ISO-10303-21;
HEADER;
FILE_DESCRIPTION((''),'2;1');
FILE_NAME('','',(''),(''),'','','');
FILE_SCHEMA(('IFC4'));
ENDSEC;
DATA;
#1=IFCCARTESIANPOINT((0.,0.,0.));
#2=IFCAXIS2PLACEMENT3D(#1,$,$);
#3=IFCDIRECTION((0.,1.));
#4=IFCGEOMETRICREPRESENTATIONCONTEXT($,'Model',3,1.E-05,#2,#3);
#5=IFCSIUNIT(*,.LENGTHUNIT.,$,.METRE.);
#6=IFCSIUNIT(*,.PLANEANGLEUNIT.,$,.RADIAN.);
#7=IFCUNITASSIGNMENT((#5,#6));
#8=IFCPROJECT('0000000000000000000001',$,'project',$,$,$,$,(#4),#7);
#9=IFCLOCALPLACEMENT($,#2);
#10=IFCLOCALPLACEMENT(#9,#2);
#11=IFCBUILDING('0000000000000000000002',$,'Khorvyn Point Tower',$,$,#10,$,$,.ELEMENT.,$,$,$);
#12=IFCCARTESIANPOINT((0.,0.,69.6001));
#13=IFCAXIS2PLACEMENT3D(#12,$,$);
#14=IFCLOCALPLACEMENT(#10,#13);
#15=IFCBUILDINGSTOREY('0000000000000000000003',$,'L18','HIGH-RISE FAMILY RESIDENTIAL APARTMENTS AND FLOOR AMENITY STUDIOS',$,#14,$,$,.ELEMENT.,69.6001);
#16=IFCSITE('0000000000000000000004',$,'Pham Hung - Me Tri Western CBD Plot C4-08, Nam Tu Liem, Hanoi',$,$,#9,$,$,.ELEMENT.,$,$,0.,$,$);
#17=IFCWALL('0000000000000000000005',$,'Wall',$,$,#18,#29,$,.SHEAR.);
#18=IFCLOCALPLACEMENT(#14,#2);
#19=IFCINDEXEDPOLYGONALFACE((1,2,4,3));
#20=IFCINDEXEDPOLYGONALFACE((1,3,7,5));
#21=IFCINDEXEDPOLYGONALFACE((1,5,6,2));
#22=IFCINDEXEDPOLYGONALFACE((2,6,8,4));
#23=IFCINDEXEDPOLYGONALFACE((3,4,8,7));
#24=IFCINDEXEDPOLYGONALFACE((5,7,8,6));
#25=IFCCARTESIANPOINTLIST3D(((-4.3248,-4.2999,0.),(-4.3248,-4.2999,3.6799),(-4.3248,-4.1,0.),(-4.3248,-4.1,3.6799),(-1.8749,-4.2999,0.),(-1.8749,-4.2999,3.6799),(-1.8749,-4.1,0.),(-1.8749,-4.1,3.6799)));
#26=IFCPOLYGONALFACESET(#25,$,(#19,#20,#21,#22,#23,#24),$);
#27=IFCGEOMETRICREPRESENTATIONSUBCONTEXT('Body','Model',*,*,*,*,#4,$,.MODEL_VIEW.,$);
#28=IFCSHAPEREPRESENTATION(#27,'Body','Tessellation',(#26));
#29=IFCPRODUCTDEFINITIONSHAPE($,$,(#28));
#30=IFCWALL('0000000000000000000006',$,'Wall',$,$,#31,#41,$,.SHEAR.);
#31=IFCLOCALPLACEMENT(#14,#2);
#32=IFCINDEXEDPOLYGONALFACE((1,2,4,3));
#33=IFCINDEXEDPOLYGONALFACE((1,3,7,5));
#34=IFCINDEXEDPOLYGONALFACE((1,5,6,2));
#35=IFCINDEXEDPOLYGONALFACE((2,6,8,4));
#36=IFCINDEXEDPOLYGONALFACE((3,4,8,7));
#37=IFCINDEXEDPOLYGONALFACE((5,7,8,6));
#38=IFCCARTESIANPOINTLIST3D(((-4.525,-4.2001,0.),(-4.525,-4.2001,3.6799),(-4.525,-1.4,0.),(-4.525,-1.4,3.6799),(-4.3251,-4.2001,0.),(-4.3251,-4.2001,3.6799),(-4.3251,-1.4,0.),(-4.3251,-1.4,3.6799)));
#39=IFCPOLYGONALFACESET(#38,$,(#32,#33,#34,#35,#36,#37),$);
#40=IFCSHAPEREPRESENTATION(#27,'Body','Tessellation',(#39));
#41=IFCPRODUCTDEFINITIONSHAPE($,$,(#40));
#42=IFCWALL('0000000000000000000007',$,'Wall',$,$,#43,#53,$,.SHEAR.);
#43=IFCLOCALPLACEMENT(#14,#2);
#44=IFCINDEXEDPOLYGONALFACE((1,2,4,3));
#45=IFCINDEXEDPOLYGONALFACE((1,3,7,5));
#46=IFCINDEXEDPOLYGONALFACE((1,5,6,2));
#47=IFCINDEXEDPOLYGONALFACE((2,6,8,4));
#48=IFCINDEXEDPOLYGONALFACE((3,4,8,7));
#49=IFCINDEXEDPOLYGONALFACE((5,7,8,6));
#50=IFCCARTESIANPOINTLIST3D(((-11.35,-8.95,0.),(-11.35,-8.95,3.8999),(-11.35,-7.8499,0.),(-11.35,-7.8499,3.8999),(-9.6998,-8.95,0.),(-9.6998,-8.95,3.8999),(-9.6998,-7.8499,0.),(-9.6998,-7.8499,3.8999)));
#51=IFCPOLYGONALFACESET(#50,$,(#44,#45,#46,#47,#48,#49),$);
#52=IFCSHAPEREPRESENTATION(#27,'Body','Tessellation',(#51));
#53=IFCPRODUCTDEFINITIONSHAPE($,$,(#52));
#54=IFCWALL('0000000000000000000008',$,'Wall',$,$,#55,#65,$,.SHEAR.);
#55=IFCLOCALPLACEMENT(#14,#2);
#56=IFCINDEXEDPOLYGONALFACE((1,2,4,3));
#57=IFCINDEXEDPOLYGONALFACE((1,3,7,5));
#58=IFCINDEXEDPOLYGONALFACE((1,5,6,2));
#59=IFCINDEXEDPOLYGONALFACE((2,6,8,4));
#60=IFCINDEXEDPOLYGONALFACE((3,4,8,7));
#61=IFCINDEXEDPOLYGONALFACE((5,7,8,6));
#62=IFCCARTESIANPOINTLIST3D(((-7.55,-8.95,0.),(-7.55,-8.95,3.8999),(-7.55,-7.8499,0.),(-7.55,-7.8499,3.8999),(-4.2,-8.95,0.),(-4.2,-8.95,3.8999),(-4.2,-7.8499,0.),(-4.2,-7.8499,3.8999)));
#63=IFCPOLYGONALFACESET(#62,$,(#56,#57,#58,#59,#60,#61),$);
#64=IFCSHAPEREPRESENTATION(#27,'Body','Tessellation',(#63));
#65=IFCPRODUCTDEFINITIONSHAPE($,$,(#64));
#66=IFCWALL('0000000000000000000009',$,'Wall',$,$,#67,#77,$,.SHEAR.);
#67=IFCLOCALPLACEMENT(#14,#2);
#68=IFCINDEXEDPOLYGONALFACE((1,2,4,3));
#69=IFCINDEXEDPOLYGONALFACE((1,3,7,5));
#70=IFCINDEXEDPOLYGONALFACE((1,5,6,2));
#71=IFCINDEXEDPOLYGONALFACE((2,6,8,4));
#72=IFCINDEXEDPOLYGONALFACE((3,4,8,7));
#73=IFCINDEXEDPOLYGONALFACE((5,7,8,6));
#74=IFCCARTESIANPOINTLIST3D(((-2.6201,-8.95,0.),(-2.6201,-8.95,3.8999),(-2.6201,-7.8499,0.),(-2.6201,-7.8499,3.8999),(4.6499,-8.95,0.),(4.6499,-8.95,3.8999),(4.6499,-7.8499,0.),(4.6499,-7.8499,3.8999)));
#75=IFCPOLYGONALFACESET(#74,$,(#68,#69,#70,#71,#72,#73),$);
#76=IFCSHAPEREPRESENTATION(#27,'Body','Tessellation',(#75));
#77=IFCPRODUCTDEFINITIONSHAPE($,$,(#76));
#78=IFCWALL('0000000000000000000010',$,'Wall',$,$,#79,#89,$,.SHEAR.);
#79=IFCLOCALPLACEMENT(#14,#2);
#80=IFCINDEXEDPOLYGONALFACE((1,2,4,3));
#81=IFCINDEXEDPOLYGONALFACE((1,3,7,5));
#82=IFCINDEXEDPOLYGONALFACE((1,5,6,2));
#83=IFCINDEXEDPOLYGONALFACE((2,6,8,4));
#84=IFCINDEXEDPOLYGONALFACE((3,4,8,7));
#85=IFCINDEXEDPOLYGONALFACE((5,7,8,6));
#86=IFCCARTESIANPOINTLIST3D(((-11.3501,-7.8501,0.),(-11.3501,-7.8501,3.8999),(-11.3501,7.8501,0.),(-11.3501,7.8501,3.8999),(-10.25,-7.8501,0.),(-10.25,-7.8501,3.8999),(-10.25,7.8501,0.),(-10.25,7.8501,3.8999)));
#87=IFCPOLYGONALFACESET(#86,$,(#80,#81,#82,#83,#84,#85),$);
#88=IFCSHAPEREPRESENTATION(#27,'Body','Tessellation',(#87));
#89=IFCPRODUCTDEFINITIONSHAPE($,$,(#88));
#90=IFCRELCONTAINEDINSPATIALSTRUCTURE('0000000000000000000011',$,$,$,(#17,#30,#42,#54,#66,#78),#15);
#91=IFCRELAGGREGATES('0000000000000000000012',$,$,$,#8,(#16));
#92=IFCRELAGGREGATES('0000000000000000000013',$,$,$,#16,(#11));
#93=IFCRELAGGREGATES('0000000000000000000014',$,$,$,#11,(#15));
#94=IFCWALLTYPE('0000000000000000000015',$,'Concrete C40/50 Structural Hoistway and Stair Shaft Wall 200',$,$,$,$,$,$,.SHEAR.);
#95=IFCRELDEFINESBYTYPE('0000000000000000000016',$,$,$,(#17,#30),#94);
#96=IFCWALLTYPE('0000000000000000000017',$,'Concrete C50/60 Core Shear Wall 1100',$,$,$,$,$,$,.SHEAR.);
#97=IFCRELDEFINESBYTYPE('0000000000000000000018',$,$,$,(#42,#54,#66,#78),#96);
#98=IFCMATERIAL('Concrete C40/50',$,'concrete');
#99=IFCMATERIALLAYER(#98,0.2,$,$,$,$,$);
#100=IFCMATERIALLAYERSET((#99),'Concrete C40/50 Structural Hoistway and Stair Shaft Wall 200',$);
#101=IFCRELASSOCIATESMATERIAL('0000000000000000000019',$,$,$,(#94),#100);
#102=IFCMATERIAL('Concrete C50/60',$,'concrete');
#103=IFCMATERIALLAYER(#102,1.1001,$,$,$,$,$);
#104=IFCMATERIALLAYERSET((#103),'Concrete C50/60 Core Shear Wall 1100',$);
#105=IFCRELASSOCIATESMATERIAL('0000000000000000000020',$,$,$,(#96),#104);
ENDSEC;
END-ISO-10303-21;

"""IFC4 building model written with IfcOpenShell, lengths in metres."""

from ifc_helpers import new_model, si_unit, direction, frame, frame_2d, origin, place, context, subcontext, project, spatial, rectangle, extrude, material, layer, layer_set, type_object, element, save


model = new_model("IFC4")

# Units and contexts
model_context = context("Model", 3, precision=1e-05, world=origin(), true_north=direction((0.0, 1.0)))
body_context = subcontext(model_context, "Body", "Model", "MODEL_VIEW")
ifc_project = project(units=[si_unit("LENGTHUNIT", "METRE"), si_unit("PLANEANGLEUNIT", "RADIAN")], contexts=[model_context])

# Site, building, storey
site_placement = place(None, origin())
site = spatial("IfcSite", under=ifc_project, at=site_placement, Name="Pham Hung - Me Tri Western CBD Plot C4-08, Nam Tu Liem, Hanoi", CompositionType="ELEMENT", RefElevation=0.0)
building_placement = place(site_placement, origin())
building = spatial("IfcBuilding", under=site, at=building_placement, Name="Khorvyn Point Tower", CompositionType="ELEMENT")
storey_placement = place(building_placement, frame((0.0, 0.0, 69.6001)))
storey = spatial("IfcBuildingStorey", under=building, at=storey_placement, Name="L18", Description="HIGH-RISE FAMILY RESIDENTIAL APARTMENTS AND FLOOR AMENITY STUDIOS", CompositionType="ELEMENT", Elevation=69.6001)

# Shared definitions
ifc_material_1 = material(Name="Concrete C40/50", Category="concrete")
ifc_material_2 = material(Name="Concrete C50/60", Category="concrete")

# Shared definitions
ifc_layer_1 = layer(ifc_material_1, 0.2)
ifc_layer_set_1 = layer_set([ifc_layer_1], Name="Concrete C40/50 Structural Hoistway and Stair Shaft Wall 200")
wall_type_1 = type_object("IfcWallType", Name="Concrete C40/50 Structural Hoistway and Stair Shaft Wall 200", PredefinedType="SHEAR", material=ifc_layer_set_1)

# Walls
for number, where, z_axis, x_axis, name in (
    (1, (-4.325, -4.2, 0.0), (0.0, 0.0, 1.0), (1.0, 0.0, 0.0), "Wall"),
):
    element("IfcWall", number, at=place(storey_placement, frame(where, z_axis=z_axis, x_axis=x_axis)), inside=storey, type_object=wall_type_1, Name=name, PredefinedType="SHEAR", context=body_context, shape_type="SweptSolid", body=[
        extrude(rectangle(XDim=2.45, YDim=0.2, at=frame_2d((1.2251, 0.0))), origin(), (0.0, 0.0, 1.0), 3.6799),
    ])
wall_1_placement = place(storey_placement, frame((-4.425, -4.2, 0.0), z_axis=(0.0, 0.0, 1.0), x_axis=(0.0, 1.0, 0.0)))
element("IfcWall", 2, at=wall_1_placement, inside=storey, type_object=wall_type_1, Name="Wall", PredefinedType="SHEAR", context=body_context, shape_type="SweptSolid", body=[
    extrude(rectangle(XDim=2.8, YDim=0.2, at=frame_2d((1.3999, 0.0))), origin(), (0.0, 0.0, 1.0), 3.6799),
])
ifc_layer_2 = layer(ifc_material_2, 1.1001)
ifc_layer_set_2 = layer_set([ifc_layer_2], Name="Concrete C50/60 Core Shear Wall 1100")
wall_type_2 = type_object("IfcWallType", Name="Concrete C50/60 Core Shear Wall 1100", PredefinedType="SHEAR", material=ifc_layer_set_2)
wall_2_placement = place(storey_placement, frame((-11.3501, -8.3999, 0.0), z_axis=(0.0, 0.0, 1.0), x_axis=(1.0, 0.0, 0.0)))
element("IfcWall", 3, at=wall_2_placement, inside=storey, type_object=wall_type_2, Name="Wall", PredefinedType="SHEAR", context=body_context, shape_type="SweptSolid", body=[
    extrude(rectangle(XDim=1.6501, YDim=1.1001, at=frame_2d((0.8252, 0.0))), origin(), (0.0, 0.0, 1.0), 3.8999),
])
wall_3_placement = place(storey_placement, frame((-7.55, -8.3999, 0.0), z_axis=(0.0, 0.0, 1.0), x_axis=(1.0, 0.0, 0.0)))
element("IfcWall", 4, at=wall_3_placement, inside=storey, type_object=wall_type_2, Name="Wall", PredefinedType="SHEAR", context=body_context, shape_type="SweptSolid", body=[
    extrude(rectangle(XDim=3.3501, YDim=1.1001, at=frame_2d((1.675, 0.0))), origin(), (0.0, 0.0, 1.0), 3.8999),
])
wall_4_placement = place(storey_placement, frame((-2.6201, -8.3999, 0.0), z_axis=(0.0, 0.0, 1.0), x_axis=(1.0, 0.0, 0.0)))
element("IfcWall", 5, at=wall_4_placement, inside=storey, type_object=wall_type_2, Name="Wall", PredefinedType="SHEAR", context=body_context, shape_type="SweptSolid", body=[
    extrude(rectangle(XDim=7.27, YDim=1.1001, at=frame_2d((3.635, 0.0))), origin(), (0.0, 0.0, 1.0), 3.8999),
])
wall_5_placement = place(storey_placement, frame((-10.8, -7.8501, 0.0), z_axis=(0.0, 0.0, 1.0), x_axis=(0.0, 1.0, 0.0)))
element("IfcWall", 6, at=wall_5_placement, inside=storey, type_object=wall_type_2, Name="Wall", PredefinedType="SHEAR", context=body_context, shape_type="SweptSolid", body=[
    extrude(rectangle(XDim=15.7002, YDim=1.1001, at=frame_2d((7.8501, 0.0))), origin(), (0.0, 0.0, 1.0), 3.8999),
])

save(model, "model.ifc")
